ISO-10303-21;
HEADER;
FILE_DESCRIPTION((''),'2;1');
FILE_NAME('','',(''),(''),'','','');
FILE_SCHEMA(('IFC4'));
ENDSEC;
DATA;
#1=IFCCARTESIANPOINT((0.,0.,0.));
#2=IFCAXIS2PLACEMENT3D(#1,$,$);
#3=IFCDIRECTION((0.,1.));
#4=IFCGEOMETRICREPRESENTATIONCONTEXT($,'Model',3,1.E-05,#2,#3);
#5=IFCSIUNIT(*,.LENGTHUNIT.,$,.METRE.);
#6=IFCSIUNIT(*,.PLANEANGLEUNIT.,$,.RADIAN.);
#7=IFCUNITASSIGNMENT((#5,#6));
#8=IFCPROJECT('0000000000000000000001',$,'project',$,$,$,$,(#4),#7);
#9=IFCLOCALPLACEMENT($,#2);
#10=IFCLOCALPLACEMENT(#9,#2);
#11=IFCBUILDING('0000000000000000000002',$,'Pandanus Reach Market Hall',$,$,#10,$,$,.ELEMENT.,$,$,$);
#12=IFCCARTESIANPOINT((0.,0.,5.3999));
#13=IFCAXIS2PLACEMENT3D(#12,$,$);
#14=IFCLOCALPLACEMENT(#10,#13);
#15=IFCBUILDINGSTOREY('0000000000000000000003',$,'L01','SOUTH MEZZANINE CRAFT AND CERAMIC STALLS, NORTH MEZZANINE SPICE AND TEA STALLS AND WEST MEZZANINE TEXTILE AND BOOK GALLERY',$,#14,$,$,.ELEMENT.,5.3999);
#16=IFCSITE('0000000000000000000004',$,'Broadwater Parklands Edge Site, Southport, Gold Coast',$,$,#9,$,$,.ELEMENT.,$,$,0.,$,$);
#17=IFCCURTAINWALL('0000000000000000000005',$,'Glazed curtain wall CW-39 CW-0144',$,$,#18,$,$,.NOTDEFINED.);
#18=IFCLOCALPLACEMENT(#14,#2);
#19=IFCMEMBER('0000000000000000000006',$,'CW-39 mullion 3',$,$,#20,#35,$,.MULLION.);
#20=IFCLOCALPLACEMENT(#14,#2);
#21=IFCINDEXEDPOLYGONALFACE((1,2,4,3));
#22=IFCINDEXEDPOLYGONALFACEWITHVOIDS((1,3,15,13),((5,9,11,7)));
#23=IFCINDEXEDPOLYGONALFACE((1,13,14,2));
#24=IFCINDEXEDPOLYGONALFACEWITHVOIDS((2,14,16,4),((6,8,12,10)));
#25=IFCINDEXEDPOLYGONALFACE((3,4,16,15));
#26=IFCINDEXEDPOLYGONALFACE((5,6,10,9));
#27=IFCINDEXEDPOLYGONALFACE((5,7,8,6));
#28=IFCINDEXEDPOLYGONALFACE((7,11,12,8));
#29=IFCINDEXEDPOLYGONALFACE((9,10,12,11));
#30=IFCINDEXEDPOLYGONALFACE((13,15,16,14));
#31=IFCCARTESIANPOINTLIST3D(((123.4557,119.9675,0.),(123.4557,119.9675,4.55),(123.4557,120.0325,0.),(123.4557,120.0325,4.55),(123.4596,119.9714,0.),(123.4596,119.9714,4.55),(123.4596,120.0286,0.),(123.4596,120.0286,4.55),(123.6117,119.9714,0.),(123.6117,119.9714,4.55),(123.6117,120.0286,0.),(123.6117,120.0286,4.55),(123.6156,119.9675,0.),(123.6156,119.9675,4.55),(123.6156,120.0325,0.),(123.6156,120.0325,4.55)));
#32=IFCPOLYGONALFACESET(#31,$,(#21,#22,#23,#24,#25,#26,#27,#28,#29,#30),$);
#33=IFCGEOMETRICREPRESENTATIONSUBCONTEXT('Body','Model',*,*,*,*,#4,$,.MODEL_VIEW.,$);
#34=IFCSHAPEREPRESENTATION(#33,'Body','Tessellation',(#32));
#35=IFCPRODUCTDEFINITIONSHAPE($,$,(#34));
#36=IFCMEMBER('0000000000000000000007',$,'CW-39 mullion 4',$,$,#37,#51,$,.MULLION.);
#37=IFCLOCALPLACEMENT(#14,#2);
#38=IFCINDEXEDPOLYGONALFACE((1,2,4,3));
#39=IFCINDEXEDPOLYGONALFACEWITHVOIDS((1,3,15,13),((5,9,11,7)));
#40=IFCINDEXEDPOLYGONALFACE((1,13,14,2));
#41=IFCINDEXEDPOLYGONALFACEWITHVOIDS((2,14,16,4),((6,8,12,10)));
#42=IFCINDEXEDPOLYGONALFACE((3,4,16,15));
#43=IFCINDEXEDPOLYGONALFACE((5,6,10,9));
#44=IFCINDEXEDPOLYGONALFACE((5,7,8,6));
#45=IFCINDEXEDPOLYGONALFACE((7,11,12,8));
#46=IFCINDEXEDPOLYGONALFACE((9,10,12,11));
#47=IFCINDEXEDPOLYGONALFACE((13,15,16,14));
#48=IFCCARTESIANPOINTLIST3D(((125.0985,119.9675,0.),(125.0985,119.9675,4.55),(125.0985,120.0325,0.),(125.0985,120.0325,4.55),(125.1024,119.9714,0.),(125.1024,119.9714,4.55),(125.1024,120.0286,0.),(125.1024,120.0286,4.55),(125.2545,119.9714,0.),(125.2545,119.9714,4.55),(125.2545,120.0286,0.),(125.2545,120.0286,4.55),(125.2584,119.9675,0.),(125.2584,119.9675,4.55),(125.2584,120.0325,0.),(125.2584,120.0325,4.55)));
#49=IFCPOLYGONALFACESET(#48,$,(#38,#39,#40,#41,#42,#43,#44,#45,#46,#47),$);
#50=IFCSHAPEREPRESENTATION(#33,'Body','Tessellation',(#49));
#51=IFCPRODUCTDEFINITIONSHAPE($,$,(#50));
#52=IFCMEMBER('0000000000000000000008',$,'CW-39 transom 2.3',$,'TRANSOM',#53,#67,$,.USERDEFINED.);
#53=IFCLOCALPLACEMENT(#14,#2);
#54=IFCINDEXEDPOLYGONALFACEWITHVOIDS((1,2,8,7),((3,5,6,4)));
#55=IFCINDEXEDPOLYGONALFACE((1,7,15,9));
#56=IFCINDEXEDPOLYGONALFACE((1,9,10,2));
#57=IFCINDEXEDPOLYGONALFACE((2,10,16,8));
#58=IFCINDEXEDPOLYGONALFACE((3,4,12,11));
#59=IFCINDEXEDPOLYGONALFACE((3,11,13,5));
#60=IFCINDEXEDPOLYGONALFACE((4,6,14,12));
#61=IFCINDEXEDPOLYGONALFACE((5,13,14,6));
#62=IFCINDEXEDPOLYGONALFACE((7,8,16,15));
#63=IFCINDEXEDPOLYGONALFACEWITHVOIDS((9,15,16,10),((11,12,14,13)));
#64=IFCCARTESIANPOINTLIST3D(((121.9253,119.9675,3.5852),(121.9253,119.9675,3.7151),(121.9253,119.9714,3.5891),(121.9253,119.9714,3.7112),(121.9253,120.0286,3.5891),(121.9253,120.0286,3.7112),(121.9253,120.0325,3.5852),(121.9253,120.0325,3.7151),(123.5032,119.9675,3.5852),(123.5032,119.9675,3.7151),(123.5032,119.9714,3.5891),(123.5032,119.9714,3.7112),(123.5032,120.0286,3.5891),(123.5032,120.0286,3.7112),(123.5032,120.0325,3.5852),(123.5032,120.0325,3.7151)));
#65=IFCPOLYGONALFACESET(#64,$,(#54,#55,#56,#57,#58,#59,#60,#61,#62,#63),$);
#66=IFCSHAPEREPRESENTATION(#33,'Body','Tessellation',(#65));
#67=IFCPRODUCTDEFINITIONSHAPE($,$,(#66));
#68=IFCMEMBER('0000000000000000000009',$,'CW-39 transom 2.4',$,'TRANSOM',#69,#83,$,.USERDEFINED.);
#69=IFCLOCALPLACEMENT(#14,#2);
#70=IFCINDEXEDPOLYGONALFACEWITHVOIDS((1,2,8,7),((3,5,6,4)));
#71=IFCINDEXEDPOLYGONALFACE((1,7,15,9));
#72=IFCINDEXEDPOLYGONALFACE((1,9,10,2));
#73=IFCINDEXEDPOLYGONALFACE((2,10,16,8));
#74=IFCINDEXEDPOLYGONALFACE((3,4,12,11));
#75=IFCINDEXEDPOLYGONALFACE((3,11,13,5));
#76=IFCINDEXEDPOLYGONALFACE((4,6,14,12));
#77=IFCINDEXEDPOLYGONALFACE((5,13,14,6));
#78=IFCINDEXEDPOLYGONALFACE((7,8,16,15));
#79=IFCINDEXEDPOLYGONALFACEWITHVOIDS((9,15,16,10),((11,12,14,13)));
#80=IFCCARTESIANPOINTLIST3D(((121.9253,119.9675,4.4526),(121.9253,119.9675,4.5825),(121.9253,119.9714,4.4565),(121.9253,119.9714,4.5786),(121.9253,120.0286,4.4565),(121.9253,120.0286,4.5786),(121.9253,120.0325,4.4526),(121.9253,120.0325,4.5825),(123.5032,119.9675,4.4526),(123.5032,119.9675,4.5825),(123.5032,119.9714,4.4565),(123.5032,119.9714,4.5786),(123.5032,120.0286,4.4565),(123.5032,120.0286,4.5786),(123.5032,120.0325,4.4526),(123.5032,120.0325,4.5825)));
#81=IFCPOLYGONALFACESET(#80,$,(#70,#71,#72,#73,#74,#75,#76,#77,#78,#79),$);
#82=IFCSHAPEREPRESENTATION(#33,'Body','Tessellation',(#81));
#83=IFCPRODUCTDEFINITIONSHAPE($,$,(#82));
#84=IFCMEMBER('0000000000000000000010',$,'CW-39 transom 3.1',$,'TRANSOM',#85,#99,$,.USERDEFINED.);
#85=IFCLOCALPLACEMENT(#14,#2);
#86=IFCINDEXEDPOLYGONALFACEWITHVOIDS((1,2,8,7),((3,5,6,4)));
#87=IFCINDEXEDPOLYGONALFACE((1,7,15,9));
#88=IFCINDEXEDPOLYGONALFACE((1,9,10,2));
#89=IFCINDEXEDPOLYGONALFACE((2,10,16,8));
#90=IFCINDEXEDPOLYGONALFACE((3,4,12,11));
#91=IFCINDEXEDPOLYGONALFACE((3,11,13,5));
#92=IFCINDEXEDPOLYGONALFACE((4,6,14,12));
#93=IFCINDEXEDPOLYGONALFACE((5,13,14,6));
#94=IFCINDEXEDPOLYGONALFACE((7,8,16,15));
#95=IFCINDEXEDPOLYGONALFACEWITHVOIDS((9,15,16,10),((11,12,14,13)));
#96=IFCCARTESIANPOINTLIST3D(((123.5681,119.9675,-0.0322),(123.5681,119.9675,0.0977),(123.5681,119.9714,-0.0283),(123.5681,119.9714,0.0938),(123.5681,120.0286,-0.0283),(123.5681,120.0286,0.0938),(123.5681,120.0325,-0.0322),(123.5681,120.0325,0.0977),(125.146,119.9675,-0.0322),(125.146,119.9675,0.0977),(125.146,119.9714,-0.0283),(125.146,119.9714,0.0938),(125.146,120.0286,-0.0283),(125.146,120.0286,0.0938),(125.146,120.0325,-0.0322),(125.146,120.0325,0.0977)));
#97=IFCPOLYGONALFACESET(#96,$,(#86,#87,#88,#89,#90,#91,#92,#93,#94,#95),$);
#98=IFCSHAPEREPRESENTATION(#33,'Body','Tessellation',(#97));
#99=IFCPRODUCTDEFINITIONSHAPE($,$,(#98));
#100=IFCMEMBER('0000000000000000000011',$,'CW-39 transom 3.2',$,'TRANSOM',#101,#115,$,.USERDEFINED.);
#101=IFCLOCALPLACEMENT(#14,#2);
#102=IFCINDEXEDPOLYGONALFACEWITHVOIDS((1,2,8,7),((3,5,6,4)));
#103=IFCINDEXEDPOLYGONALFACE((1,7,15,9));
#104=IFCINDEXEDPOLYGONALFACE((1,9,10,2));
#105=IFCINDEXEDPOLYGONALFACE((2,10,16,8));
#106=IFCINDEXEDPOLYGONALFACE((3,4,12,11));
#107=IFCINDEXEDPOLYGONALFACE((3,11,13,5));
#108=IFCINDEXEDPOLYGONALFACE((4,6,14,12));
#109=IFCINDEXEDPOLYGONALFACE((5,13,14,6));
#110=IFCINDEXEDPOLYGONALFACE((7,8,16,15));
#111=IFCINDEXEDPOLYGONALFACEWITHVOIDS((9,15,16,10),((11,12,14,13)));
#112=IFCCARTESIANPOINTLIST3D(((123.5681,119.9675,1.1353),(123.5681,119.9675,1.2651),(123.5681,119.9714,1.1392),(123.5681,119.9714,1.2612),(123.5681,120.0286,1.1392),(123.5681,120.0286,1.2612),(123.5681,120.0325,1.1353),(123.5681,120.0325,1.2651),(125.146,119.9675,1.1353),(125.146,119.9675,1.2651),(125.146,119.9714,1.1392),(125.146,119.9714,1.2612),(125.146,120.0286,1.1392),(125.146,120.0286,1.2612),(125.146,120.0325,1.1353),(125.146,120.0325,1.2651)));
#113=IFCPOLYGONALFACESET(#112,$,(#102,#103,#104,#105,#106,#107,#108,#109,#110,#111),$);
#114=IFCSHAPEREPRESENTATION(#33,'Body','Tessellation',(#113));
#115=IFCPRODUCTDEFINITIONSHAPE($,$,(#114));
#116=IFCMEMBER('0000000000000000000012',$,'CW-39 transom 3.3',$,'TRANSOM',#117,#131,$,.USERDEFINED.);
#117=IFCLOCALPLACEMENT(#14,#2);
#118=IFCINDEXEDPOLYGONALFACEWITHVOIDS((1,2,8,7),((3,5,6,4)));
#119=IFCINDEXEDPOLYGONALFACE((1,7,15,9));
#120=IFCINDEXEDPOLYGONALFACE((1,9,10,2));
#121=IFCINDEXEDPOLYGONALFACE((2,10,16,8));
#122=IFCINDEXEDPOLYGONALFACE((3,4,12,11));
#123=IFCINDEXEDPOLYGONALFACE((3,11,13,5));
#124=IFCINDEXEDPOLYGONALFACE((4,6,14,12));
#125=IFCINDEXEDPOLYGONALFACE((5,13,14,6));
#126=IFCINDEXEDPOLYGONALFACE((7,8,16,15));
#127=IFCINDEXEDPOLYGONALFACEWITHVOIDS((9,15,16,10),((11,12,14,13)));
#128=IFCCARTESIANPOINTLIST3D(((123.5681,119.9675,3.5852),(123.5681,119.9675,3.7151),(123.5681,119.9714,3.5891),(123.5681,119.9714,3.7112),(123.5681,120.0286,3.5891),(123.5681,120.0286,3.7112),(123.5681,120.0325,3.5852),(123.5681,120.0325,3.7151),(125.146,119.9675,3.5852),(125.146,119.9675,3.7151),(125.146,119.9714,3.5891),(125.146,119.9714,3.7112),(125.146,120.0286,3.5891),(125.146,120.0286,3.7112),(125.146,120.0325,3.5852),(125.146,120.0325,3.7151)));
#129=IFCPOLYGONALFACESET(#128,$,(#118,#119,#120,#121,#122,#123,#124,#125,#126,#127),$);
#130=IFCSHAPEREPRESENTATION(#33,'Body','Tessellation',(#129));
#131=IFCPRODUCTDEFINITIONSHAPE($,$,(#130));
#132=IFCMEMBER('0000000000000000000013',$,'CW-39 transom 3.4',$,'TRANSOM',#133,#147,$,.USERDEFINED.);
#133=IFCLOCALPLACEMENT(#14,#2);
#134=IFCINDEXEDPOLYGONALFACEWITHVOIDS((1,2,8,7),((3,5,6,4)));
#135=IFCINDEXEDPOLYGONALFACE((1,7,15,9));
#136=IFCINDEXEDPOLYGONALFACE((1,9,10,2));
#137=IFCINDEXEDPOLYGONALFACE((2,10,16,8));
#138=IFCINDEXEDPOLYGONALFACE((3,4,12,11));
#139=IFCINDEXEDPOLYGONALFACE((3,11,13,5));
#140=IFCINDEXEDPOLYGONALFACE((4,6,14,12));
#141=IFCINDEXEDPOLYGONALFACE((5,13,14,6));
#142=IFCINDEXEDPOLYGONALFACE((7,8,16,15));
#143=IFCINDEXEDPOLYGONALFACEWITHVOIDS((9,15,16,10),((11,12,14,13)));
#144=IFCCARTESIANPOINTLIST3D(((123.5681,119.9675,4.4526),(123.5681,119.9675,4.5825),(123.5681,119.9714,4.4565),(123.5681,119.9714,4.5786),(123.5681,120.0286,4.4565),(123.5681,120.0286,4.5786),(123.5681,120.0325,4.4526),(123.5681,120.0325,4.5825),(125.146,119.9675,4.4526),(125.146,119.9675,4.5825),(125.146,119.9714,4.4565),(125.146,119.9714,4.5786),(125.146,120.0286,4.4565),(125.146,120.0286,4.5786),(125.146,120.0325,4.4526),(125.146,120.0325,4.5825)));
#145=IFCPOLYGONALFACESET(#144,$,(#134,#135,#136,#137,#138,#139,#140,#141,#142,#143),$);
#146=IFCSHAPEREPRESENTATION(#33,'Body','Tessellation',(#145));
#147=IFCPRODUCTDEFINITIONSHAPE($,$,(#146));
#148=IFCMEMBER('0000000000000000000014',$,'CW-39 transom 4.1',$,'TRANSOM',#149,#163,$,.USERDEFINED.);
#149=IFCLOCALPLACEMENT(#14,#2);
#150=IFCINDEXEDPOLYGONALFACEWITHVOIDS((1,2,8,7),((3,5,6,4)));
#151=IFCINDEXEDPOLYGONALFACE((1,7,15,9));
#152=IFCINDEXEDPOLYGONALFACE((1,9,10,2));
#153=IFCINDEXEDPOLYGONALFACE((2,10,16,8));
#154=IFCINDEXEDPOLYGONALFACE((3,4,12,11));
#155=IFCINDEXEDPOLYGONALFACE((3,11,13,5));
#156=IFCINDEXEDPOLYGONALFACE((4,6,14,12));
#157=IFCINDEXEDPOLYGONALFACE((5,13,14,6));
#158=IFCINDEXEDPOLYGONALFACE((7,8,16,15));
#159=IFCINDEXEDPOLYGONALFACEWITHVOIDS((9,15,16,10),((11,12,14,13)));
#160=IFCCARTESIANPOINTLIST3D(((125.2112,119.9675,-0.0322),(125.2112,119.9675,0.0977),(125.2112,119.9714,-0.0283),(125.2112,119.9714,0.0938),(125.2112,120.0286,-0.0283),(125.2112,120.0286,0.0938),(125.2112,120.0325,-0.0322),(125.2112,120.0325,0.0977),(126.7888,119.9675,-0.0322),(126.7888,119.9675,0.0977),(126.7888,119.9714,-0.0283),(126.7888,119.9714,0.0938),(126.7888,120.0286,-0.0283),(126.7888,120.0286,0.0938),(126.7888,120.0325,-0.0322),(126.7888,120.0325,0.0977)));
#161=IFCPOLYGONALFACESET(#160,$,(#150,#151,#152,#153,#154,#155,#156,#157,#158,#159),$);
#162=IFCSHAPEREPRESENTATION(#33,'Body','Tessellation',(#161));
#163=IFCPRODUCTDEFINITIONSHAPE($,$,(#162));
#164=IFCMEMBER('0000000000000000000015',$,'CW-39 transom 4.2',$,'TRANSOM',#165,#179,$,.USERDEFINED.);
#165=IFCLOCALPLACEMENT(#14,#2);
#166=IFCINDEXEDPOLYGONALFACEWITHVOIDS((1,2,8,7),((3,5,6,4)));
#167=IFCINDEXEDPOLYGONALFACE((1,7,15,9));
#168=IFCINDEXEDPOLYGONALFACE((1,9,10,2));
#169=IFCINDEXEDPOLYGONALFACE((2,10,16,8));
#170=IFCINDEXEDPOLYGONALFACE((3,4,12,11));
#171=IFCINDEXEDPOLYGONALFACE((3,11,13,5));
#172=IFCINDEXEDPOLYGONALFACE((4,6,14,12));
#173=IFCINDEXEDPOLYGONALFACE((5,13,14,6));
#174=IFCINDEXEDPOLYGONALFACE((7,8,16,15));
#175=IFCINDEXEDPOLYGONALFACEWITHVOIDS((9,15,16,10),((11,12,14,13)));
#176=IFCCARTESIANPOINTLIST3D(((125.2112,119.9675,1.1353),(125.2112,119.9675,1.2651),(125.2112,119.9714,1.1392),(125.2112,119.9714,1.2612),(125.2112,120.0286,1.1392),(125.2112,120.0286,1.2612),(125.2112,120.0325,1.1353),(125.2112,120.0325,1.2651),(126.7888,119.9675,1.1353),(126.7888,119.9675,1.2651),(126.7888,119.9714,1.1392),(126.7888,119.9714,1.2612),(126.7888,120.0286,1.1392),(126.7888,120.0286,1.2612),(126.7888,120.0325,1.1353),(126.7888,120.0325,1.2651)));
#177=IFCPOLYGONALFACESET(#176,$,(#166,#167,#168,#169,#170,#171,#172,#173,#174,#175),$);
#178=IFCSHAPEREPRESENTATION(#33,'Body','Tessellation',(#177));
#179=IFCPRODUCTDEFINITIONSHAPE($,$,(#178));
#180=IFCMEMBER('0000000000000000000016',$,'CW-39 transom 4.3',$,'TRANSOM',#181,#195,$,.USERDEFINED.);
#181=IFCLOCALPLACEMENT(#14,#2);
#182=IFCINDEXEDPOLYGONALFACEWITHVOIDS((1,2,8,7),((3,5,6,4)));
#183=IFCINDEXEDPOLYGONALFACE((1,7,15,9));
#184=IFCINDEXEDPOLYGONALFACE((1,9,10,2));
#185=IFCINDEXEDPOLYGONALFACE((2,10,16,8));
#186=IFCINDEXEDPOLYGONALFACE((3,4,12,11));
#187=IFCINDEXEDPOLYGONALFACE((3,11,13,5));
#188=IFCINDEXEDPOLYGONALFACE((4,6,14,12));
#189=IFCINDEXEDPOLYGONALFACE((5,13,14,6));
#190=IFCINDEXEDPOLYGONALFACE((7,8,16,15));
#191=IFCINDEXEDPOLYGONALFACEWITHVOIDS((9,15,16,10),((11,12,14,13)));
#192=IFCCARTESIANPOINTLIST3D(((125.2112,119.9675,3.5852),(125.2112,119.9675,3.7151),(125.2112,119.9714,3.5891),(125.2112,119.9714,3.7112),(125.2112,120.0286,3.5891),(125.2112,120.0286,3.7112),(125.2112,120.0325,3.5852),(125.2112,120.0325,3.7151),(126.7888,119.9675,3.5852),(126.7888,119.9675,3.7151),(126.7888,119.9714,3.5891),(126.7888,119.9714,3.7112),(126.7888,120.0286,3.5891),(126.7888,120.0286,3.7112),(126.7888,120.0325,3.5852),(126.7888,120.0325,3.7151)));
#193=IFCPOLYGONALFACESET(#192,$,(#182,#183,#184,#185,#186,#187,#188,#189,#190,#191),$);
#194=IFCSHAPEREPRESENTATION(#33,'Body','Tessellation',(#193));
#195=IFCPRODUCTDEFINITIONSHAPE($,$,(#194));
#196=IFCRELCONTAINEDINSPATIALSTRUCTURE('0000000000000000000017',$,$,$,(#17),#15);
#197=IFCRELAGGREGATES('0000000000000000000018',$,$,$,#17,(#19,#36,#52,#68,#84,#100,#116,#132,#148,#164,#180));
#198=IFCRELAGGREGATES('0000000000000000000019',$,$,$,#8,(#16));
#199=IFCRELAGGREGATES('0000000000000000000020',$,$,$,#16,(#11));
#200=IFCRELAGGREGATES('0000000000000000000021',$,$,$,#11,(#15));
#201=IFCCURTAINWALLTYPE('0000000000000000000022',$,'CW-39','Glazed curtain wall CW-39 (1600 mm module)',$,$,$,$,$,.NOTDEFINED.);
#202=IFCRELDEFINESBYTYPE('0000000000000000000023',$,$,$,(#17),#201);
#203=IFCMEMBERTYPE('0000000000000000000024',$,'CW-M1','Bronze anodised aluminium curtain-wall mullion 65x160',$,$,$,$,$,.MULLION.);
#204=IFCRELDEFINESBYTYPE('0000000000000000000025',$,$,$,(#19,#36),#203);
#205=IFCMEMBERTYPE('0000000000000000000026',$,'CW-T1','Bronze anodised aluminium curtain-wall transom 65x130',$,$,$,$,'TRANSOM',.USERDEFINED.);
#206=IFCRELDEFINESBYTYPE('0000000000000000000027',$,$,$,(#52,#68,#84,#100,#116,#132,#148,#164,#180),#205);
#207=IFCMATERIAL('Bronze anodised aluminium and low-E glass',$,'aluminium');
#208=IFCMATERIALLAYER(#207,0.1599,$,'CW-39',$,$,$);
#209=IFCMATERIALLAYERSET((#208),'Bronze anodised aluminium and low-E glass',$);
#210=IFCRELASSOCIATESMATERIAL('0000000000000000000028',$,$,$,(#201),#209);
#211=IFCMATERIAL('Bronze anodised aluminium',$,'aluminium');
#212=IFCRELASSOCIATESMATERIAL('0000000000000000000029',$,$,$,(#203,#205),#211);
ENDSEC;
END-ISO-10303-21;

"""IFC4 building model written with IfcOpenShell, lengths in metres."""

from ifc_helpers import new_model, si_unit, direction, frame, origin, origin_2d, place, context, subcontext, project, spatial, hollow_rectangle, extrude, material, layer, layer_set, material_profile, profile_set, type_object, element, aggregate, save


model = new_model("IFC4")

# Units and contexts
model_context = context("Model", 3, precision=1e-05, world=origin(), true_north=direction((0.0, 1.0)))
body_context = subcontext(model_context, "Body", "Model", "MODEL_VIEW")
ifc_project = project(units=[si_unit("LENGTHUNIT", "METRE"), si_unit("PLANEANGLEUNIT", "RADIAN")], contexts=[model_context])

# Site, building, storey
site_placement = place(None, origin())
site = spatial("IfcSite", under=ifc_project, at=site_placement, Name="Broadwater Parklands Edge Site, Southport, Gold Coast", CompositionType="ELEMENT", RefElevation=0.0)
building_placement = place(site_placement, origin())
building = spatial("IfcBuilding", under=site, at=building_placement, Name="Pandanus Reach Market Hall", CompositionType="ELEMENT")
storey_placement = place(building_placement, frame((0.0, 0.0, 5.3999)))
storey = spatial("IfcBuildingStorey", under=building, at=storey_placement, Name="L01", Description="SOUTH MEZZANINE CRAFT AND CERAMIC STALLS, NORTH MEZZANINE SPICE AND TEA STALLS AND WEST MEZZANINE TEXTILE AND BOOK GALLERY", CompositionType="ELEMENT", Elevation=5.3999)

# Curtain wall, members
ifc_material_1 = material(Name="Bronze anodised aluminium and low-E glass", Category="aluminium")
ifc_layer_1 = layer(ifc_material_1, 0.1599, Name="CW-39")
ifc_layer_set_1 = layer_set([ifc_layer_1], Name="Bronze anodised aluminium and low-E glass")
curtain_wall_type = type_object("IfcCurtainWallType", Name="CW-39", Description="Glazed curtain wall CW-39 (1600 mm module)", PredefinedType="NOTDEFINED", material=ifc_layer_set_1)
curtain_wall_placement = place(storey_placement, origin())
curtain_wall = element("IfcCurtainWall", 1, at=curtain_wall_placement, inside=storey, type_object=curtain_wall_type, Name="Glazed curtain wall CW-39 CW-0144", PredefinedType="NOTDEFINED")
ifc_material_2 = material(Name="Bronze anodised aluminium", Category="aluminium")
ifc_material_profile_1 = material_profile(ifc_material_2, hollow_rectangle(XDim=0.0649, YDim=0.1599, WallThickness=0.0039, at=origin_2d()), Name="ALU65x160", Category="LoadBearing")
ifc_profile_set_1 = profile_set([ifc_material_profile_1], Name="Bronze anodised aluminium")
member_type_1 = type_object("IfcMemberType", Name="CW-M1", Description="Bronze anodised aluminium curtain-wall mullion 65x160", PredefinedType="MULLION", material=ifc_profile_set_1)
member_1_placement = place(storey_placement, frame((123.5356, 120.0, 0.0), z_axis=(0.0, 0.0, 1.0), x_axis=(0.0, 1.0, 0.0)))
member_1 = element("IfcMember", 2, at=member_1_placement, type_object=member_type_1, Name="CW-39 mullion 3", PredefinedType="MULLION", context=body_context, shape_type="SweptSolid", body=[
    extrude(hollow_rectangle(XDim=0.0649, YDim=0.1599, WallThickness=0.0039, at=origin_2d()), origin(), (0.0, 0.0, 1.0), 4.55),
])
member_2_placement = place(storey_placement, frame((125.1785, 120.0, 0.0), z_axis=(0.0, 0.0, 1.0), x_axis=(0.0, 1.0, 0.0)))
member_2 = element("IfcMember", 3, at=member_2_placement, type_object=member_type_1, Name="CW-39 mullion 4", PredefinedType="MULLION", context=body_context, shape_type="SweptSolid", body=[
    extrude(hollow_rectangle(XDim=0.0649, YDim=0.1599, WallThickness=0.0039, at=origin_2d()), origin(), (0.0, 0.0, 1.0), 4.55),
])
ifc_material_profile_2 = material_profile(ifc_material_2, hollow_rectangle(XDim=0.0649, YDim=0.1299, WallThickness=0.0039, at=origin_2d()), Name="ALU65x130", Category="LoadBearing")
ifc_profile_set_2 = profile_set([ifc_material_profile_2], Name="Bronze anodised aluminium")
member_type_2 = type_object("IfcMemberType", Name="CW-T1", Description="Bronze anodised aluminium curtain-wall transom 65x130", ElementType="TRANSOM", PredefinedType="USERDEFINED", material=ifc_profile_set_2)
member_3_placement = place(storey_placement, frame((121.9253, 120.0, 3.6501), z_axis=(1.0, 0.0, 0.0), x_axis=(0.0, 1.0, 0.0)))
member_3 = element("IfcMember", 4, at=member_3_placement, type_object=member_type_2, Name="CW-39 transom 2.3", ObjectType="TRANSOM", PredefinedType="USERDEFINED", context=body_context, shape_type="SweptSolid", body=[
    extrude(hollow_rectangle(XDim=0.0649, YDim=0.1299, WallThickness=0.0039, at=origin_2d()), origin(), (0.0, 0.0, 1.0), 1.5779),
])
member_4_placement = place(storey_placement, frame((121.9253, 120.0, 4.5176), z_axis=(1.0, 0.0, 0.0), x_axis=(0.0, 1.0, 0.0)))
member_4 = element("IfcMember", 5, at=member_4_placement, type_object=member_type_2, Name="CW-39 transom 2.4", ObjectType="TRANSOM", PredefinedType="USERDEFINED", context=body_context, shape_type="SweptSolid", body=[
    extrude(hollow_rectangle(XDim=0.0649, YDim=0.1299, WallThickness=0.0039, at=origin_2d()), origin(), (0.0, 0.0, 1.0), 1.5779),
])
member_5_placement = place(storey_placement, frame((123.5681, 120.0, 0.0327), z_axis=(1.0, 0.0, 0.0), x_axis=(0.0, 1.0, 0.0)))
member_5 = element("IfcMember", 6, at=member_5_placement, type_object=member_type_2, Name="CW-39 transom 3.1", ObjectType="TRANSOM", PredefinedType="USERDEFINED", context=body_context, shape_type="SweptSolid", body=[
    extrude(hollow_rectangle(XDim=0.0649, YDim=0.1299, WallThickness=0.0039, at=origin_2d()), origin(), (0.0, 0.0, 1.0), 1.5779),
])
member_6_placement = place(storey_placement, frame((123.5681, 120.0, 1.2002), z_axis=(1.0, 0.0, 0.0), x_axis=(0.0, 1.0, 0.0)))
member_6 = element("IfcMember", 7, at=member_6_placement, type_object=member_type_2, Name="CW-39 transom 3.2", ObjectType="TRANSOM", PredefinedType="USERDEFINED", context=body_context, shape_type="SweptSolid", body=[
    extrude(hollow_rectangle(XDim=0.0649, YDim=0.1299, WallThickness=0.0039, at=origin_2d()), origin(), (0.0, 0.0, 1.0), 1.5779),
])
member_7_placement = place(storey_placement, frame((123.5681, 120.0, 3.6501), z_axis=(1.0, 0.0, 0.0), x_axis=(0.0, 1.0, 0.0)))
member_7 = element("IfcMember", 8, at=member_7_placement, type_object=member_type_2, Name="CW-39 transom 3.3", ObjectType="TRANSOM", PredefinedType="USERDEFINED", context=body_context, shape_type="SweptSolid", body=[
    extrude(hollow_rectangle(XDim=0.0649, YDim=0.1299, WallThickness=0.0039, at=origin_2d()), origin(), (0.0, 0.0, 1.0), 1.5779),
])
member_8_placement = place(storey_placement, frame((123.5681, 120.0, 4.5176), z_axis=(1.0, 0.0, 0.0), x_axis=(0.0, 1.0, 0.0)))
member_8 = element("IfcMember", 9, at=member_8_placement, type_object=member_type_2, Name="CW-39 transom 3.4", ObjectType="TRANSOM", PredefinedType="USERDEFINED", context=body_context, shape_type="SweptSolid", body=[
    extrude(hollow_rectangle(XDim=0.0649, YDim=0.1299, WallThickness=0.0039, at=origin_2d()), origin(), (0.0, 0.0, 1.0), 1.5779),
])
member_9_placement = place(storey_placement, frame((125.2112, 120.0, 0.0327), z_axis=(1.0, 0.0, 0.0), x_axis=(0.0, 1.0, 0.0)))
member_9 = element("IfcMember", 10, at=member_9_placement, type_object=member_type_2, Name="CW-39 transom 4.1", ObjectType="TRANSOM", PredefinedType="USERDEFINED", context=body_context, shape_type="SweptSolid", body=[
    extrude(hollow_rectangle(XDim=0.0649, YDim=0.1299, WallThickness=0.0039, at=origin_2d()), origin(), (0.0, 0.0, 1.0), 1.5776),
])
member_10_placement = place(storey_placement, frame((125.2112, 120.0, 1.2002), z_axis=(1.0, 0.0, 0.0), x_axis=(0.0, 1.0, 0.0)))
member_10 = element("IfcMember", 11, at=member_10_placement, type_object=member_type_2, Name="CW-39 transom 4.2", ObjectType="TRANSOM", PredefinedType="USERDEFINED", context=body_context, shape_type="SweptSolid", body=[
    extrude(hollow_rectangle(XDim=0.0649, YDim=0.1299, WallThickness=0.0039, at=origin_2d()), origin(), (0.0, 0.0, 1.0), 1.5776),
])
member_11_placement = place(storey_placement, frame((125.2112, 120.0, 3.6501), z_axis=(1.0, 0.0, 0.0), x_axis=(0.0, 1.0, 0.0)))
member_11 = element("IfcMember", 12, at=member_11_placement, type_object=member_type_2, Name="CW-39 transom 4.3", ObjectType="TRANSOM", PredefinedType="USERDEFINED", context=body_context, shape_type="SweptSolid", body=[
    extrude(hollow_rectangle(XDim=0.0649, YDim=0.1299, WallThickness=0.0039, at=origin_2d()), origin(), (0.0, 0.0, 1.0), 1.5776),
])
aggregate(curtain_wall, [member_1, member_2, member_3, member_4, member_5, member_6, member_7, member_8, member_9, member_10, member_11])

save(model, "model.ifc")
